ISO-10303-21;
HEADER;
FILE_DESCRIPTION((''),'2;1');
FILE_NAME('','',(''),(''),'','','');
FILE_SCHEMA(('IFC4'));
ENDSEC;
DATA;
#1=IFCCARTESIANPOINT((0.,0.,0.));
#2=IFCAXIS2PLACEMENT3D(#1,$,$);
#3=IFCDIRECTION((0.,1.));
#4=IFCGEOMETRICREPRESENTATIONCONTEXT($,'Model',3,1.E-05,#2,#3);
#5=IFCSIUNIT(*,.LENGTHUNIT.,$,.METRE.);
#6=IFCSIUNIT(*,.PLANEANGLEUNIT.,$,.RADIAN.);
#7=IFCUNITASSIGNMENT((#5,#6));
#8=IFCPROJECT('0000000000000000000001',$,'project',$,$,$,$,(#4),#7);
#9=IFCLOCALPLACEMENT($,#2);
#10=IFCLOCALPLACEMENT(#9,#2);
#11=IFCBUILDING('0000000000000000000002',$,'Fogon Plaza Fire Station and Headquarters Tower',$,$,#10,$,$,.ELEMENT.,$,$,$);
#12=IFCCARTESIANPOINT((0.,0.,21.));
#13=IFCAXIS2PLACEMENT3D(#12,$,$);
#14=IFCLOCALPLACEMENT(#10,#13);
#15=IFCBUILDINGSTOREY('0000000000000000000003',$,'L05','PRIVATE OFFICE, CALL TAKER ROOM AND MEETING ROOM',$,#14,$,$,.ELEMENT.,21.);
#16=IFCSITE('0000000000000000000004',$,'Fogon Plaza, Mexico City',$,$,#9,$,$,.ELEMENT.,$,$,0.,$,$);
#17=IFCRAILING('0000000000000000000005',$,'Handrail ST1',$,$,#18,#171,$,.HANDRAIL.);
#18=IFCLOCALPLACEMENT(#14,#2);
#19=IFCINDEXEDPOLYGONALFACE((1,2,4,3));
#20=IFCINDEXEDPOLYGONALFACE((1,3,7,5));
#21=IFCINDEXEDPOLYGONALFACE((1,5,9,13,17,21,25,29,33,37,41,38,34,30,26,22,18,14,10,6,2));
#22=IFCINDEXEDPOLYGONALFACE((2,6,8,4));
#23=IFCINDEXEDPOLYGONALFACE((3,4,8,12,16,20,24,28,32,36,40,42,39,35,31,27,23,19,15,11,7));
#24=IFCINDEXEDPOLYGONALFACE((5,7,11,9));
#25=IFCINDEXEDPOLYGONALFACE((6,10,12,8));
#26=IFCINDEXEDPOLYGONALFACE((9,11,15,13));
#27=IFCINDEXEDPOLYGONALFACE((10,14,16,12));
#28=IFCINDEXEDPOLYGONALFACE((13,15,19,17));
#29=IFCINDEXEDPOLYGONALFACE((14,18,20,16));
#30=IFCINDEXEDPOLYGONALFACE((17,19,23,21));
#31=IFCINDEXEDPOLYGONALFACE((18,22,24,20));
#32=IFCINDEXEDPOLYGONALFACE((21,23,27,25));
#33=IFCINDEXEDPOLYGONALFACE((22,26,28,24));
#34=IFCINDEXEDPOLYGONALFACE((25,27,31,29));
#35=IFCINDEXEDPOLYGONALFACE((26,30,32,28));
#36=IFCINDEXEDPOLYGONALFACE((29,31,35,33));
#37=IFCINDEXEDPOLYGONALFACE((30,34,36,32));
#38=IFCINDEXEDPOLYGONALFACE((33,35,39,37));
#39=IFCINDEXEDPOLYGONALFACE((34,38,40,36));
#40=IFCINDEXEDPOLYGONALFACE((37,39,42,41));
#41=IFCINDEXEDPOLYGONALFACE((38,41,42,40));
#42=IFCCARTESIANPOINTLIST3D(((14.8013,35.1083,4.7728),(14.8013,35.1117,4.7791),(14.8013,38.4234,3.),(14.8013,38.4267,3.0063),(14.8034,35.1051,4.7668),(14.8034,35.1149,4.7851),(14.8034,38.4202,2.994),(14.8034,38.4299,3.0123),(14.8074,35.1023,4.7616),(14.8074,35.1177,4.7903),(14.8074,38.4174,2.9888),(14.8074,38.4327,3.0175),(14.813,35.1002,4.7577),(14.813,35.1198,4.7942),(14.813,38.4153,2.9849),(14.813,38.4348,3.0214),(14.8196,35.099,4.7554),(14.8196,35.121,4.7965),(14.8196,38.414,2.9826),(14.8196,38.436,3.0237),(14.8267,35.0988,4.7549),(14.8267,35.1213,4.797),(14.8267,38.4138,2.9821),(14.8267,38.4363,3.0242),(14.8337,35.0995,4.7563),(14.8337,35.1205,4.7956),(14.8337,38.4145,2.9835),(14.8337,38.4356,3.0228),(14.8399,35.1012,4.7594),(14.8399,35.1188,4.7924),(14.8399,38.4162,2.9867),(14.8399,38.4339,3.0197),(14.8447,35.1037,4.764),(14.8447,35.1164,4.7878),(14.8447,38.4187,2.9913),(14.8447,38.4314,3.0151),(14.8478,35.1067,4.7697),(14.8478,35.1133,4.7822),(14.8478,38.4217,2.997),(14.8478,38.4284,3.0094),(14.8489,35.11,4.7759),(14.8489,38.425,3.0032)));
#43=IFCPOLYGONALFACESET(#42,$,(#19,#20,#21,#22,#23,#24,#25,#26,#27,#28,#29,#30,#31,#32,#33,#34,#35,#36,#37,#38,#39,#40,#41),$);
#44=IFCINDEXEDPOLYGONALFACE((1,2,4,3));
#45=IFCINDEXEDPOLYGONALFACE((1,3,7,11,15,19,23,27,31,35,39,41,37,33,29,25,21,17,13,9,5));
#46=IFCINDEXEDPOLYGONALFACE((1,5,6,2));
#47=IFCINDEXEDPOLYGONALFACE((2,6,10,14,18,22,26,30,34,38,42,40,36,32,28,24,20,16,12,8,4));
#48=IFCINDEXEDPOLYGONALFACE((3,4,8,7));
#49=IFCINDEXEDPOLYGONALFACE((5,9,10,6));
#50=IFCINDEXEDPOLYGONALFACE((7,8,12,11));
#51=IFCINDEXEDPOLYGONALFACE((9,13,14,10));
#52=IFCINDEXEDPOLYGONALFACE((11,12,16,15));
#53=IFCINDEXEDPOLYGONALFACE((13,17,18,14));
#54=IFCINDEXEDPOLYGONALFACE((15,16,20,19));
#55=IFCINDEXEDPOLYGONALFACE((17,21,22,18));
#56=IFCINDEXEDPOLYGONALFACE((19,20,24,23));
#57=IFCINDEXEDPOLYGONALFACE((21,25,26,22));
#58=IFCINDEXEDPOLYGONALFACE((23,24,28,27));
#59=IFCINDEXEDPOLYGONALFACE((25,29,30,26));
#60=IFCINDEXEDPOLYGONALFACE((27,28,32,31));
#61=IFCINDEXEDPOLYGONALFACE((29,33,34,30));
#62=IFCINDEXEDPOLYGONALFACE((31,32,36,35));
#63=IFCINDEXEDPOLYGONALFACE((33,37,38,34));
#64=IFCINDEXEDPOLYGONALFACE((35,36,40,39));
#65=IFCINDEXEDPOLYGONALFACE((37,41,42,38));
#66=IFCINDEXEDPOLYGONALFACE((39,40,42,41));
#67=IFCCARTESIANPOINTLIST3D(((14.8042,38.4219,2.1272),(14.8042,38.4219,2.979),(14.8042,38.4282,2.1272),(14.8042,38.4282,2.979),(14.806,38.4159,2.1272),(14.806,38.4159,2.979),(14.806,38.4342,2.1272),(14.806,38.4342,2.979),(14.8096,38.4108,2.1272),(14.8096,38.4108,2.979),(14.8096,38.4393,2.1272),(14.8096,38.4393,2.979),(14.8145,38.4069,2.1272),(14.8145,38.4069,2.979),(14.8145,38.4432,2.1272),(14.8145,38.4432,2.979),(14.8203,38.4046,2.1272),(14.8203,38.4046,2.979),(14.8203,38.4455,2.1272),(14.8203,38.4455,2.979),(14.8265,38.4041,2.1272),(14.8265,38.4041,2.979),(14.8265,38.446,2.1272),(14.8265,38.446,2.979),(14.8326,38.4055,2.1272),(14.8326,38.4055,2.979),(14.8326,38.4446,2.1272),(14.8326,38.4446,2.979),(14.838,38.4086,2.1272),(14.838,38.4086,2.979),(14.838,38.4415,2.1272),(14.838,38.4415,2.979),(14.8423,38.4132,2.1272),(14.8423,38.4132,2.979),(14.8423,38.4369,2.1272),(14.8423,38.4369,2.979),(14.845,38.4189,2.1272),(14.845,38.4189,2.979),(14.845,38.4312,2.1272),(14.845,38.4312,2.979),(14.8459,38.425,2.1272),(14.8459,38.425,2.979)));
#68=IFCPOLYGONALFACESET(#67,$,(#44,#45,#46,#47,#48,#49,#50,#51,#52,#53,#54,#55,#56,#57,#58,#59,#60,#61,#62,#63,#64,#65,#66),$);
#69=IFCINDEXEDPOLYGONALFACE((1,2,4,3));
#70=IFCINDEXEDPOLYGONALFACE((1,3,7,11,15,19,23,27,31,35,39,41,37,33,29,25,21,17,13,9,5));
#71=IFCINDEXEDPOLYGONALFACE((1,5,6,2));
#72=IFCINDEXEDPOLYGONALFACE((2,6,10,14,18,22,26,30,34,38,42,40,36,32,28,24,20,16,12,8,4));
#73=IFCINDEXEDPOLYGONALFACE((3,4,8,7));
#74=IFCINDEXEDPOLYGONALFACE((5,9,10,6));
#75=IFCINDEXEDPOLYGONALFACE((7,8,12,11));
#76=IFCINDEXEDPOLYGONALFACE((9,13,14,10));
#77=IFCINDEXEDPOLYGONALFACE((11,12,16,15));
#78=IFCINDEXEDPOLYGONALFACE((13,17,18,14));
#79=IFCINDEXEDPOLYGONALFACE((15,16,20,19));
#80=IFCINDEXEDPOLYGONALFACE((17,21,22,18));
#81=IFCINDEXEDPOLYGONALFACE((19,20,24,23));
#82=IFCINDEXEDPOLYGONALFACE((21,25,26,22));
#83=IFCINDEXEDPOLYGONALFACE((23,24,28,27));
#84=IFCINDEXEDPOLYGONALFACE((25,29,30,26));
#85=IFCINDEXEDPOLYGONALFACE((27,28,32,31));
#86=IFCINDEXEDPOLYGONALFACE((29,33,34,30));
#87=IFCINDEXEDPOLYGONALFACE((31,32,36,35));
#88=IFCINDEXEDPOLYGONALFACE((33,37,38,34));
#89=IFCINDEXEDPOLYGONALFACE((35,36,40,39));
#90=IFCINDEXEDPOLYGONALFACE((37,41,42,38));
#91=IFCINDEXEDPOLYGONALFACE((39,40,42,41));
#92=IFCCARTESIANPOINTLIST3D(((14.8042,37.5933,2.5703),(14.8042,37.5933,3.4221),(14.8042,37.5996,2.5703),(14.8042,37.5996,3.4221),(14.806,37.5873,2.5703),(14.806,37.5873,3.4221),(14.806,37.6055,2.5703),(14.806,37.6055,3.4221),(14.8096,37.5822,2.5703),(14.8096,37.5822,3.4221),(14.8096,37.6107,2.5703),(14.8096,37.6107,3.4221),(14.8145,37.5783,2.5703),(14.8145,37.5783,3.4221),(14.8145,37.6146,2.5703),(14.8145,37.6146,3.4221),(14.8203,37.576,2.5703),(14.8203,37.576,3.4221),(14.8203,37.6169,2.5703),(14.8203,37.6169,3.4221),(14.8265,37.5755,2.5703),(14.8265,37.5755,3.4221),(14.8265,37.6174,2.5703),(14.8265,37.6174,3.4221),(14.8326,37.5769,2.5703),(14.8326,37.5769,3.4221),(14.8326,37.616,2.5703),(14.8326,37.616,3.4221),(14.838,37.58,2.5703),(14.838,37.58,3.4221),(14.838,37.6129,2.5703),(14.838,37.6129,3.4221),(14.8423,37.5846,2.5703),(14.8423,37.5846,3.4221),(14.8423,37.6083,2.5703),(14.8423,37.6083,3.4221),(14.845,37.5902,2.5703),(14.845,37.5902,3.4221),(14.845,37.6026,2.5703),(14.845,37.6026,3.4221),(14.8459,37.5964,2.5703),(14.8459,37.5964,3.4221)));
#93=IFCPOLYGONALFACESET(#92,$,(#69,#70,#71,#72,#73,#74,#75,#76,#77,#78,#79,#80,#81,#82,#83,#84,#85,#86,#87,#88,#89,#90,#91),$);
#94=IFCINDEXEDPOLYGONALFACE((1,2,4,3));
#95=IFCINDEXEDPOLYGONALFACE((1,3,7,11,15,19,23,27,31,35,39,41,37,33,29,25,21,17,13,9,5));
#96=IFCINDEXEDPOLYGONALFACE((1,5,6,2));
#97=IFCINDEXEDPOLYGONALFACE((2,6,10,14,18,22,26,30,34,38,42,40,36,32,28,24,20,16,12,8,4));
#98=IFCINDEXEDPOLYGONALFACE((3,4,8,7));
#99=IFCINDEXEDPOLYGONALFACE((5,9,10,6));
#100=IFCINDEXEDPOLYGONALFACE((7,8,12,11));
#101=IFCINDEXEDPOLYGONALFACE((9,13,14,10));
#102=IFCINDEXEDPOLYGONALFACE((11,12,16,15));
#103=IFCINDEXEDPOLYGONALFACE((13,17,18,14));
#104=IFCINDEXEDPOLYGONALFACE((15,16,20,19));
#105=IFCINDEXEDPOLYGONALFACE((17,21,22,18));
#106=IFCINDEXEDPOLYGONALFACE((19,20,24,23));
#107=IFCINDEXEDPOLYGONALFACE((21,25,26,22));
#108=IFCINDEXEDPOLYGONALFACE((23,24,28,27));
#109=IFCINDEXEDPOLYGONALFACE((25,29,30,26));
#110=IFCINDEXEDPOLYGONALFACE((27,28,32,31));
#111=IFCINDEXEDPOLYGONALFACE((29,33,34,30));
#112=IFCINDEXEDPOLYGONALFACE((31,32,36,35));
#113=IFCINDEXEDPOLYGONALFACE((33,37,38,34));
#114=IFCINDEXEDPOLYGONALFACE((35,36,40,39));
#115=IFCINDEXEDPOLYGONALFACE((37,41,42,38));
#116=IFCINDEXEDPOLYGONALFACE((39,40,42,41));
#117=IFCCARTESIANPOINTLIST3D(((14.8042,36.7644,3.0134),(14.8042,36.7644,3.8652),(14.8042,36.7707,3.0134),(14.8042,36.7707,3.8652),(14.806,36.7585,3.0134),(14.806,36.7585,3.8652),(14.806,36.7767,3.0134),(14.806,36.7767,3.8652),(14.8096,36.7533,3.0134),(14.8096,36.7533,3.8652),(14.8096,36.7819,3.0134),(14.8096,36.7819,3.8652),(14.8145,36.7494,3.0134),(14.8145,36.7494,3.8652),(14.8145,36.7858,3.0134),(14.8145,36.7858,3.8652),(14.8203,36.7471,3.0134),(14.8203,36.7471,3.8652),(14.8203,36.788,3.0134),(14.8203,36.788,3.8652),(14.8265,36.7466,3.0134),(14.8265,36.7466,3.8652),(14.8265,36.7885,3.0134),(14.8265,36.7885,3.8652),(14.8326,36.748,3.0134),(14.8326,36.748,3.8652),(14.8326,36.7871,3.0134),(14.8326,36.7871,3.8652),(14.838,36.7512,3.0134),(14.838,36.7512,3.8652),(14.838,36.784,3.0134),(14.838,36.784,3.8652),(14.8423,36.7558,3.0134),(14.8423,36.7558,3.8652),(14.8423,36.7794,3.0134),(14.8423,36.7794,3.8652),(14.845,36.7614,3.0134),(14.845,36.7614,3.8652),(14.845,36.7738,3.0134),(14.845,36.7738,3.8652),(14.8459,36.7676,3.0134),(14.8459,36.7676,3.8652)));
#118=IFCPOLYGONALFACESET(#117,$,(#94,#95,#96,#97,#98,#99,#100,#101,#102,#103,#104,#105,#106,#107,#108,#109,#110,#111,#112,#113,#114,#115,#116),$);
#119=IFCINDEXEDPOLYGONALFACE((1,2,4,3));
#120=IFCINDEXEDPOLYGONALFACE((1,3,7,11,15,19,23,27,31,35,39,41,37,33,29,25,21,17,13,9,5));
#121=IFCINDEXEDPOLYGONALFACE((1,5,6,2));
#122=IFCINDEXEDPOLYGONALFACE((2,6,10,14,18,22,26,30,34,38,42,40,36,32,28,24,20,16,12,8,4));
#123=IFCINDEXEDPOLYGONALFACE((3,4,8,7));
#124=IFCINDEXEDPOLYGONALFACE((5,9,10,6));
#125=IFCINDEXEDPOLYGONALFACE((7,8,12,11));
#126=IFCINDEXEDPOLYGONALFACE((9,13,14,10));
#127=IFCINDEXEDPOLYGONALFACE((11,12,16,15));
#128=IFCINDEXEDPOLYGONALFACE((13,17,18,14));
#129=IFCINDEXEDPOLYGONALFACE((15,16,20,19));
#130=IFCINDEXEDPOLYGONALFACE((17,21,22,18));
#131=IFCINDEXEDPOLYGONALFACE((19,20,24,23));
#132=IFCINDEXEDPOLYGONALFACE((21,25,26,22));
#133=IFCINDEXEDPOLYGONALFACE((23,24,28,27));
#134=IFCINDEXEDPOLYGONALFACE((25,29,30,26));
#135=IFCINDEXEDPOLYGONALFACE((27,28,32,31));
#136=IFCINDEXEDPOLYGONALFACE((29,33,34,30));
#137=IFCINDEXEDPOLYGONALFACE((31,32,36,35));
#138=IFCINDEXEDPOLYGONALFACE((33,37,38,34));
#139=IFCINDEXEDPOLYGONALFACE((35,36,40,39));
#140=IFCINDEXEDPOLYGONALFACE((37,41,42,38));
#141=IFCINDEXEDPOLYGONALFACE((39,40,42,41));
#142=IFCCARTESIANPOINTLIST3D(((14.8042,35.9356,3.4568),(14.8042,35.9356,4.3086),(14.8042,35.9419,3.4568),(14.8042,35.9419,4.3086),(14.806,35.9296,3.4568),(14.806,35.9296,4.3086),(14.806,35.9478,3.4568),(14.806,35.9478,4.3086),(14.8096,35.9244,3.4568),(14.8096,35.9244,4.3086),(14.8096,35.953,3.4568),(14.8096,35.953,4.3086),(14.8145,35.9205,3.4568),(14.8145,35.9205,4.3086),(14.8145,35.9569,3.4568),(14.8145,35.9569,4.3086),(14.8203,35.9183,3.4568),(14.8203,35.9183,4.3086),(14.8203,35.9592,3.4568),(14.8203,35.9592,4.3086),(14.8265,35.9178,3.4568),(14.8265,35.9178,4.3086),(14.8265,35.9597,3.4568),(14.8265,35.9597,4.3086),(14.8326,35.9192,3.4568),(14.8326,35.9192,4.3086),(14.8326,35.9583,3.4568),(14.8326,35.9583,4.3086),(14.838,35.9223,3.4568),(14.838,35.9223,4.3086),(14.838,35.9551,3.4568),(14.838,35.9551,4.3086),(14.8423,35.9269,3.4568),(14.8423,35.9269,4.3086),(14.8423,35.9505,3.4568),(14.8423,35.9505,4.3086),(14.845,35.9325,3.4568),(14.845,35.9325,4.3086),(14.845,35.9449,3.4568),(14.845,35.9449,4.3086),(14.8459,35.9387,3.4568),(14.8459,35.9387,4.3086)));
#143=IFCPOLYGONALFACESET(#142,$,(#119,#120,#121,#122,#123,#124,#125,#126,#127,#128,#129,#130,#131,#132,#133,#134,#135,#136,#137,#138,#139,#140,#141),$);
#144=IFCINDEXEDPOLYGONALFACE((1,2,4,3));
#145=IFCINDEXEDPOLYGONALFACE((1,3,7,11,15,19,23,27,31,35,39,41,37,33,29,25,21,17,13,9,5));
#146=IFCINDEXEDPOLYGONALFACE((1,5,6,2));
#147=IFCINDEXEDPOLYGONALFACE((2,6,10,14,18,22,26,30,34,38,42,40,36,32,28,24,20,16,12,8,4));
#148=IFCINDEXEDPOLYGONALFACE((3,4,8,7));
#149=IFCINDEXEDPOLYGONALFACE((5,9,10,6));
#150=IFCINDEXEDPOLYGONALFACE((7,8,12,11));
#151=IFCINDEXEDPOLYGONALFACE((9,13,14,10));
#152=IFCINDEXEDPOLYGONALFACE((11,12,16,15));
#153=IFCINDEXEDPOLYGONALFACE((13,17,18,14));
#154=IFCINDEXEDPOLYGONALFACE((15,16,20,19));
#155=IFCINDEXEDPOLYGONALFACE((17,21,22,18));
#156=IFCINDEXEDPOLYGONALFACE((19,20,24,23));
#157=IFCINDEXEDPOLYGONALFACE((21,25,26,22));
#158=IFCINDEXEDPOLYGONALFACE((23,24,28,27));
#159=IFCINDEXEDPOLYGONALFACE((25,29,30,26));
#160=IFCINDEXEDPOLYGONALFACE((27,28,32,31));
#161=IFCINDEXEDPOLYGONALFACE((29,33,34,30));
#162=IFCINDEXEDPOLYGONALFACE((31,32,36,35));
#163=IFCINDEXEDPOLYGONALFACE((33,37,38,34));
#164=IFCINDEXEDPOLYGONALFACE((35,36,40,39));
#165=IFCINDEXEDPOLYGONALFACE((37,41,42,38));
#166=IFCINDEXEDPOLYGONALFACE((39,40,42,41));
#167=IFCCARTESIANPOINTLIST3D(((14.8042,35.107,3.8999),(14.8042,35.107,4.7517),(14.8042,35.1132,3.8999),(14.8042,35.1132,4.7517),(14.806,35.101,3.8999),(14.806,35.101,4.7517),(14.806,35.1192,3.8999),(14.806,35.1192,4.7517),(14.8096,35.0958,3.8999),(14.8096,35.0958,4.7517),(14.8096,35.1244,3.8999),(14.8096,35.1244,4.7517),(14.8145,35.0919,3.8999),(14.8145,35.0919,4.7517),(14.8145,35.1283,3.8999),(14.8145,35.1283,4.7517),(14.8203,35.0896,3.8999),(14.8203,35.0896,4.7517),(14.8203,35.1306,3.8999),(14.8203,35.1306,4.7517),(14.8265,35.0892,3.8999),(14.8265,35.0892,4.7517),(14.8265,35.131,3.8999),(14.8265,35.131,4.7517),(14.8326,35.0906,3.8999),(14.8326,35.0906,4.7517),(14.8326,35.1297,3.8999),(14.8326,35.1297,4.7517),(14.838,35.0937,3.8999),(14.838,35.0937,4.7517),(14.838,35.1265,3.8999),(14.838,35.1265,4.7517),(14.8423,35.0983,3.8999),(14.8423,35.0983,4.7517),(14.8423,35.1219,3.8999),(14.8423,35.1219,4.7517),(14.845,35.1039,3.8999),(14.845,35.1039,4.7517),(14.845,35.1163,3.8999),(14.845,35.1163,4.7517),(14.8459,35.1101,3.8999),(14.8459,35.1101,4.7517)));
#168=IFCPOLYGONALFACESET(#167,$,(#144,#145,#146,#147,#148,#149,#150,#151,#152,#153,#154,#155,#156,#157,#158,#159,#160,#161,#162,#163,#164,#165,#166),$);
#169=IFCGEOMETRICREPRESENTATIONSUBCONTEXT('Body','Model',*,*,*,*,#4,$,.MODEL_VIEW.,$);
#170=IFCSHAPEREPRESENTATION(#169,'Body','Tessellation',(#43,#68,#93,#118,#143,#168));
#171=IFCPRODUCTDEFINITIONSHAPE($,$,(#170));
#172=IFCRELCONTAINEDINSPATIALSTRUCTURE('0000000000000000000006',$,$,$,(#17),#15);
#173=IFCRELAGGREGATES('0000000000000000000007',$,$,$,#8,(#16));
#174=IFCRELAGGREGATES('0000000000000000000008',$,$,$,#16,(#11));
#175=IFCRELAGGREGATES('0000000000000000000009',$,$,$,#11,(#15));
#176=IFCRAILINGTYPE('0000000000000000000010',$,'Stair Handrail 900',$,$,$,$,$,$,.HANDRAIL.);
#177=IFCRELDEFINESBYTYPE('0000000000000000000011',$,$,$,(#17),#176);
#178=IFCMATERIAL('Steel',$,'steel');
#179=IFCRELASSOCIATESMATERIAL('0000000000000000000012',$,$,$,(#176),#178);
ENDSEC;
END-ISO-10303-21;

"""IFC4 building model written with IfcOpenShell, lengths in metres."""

from ifc_helpers import new_model, si_unit, direction, frame, origin, origin_2d, place, context, subcontext, project, spatial, circle, extrude, material, type_object, element, save


model = new_model("IFC4")

# Units and contexts
model_context = context("Model", 3, precision=1e-05, world=origin(), true_north=direction((0.0, 1.0)))
body_context = subcontext(model_context, "Body", "Model", "MODEL_VIEW")
ifc_project = project(units=[si_unit("LENGTHUNIT", "METRE"), si_unit("PLANEANGLEUNIT", "RADIAN")], contexts=[model_context])

# Site, building, storey
site_placement = place(None, origin())
site = spatial("IfcSite", under=ifc_project, at=site_placement, Name="Fogon Plaza, Mexico City", CompositionType="ELEMENT", RefElevation=0.0)
building_placement = place(site_placement, origin())
building = spatial("IfcBuilding", under=site, at=building_placement, Name="Fogon Plaza Fire Station and Headquarters Tower", CompositionType="ELEMENT")
storey_placement = place(building_placement, frame((0.0, 0.0, 21.0)))
storey = spatial("IfcBuildingStorey", under=building, at=storey_placement, Name="L05", Description="PRIVATE OFFICE, CALL TAKER ROOM AND MEETING ROOM", CompositionType="ELEMENT", Elevation=21.0)

# Railing
ifc_material_1 = material(Name="Steel", Category="steel")
railing_type = type_object("IfcRailingType", Name="Stair Handrail 900", PredefinedType="HANDRAIL", material=ifc_material_1)
for number, where, name in (
    (1, (14.825, 38.425, 2.1272), "Handrail ST1"),
):
    element("IfcRailing", number, at=place(storey_placement, frame(where)), inside=storey, type_object=railing_type, Name=name, PredefinedType="HANDRAIL", context=body_context, shape_type="SweptSolid", body=[
        extrude(circle(Radius=0.0239, at=origin_2d()), frame((0.0, 0.0, 0.876), z_axis=(0.0, -0.881829, 0.471569), x_axis=(1.0, 0.0, 0.0)), (0.0, 0.0, 1.0), 3.7593),
        extrude(circle(Radius=0.021, at=origin_2d()), origin(), (0.0, 0.0, 1.0), 0.8518),
        extrude(circle(Radius=0.021, at=origin_2d()), frame((0.0, -0.8286, 0.4431)), (0.0, 0.0, 1.0), 0.8518),
        extrude(circle(Radius=0.021, at=origin_2d()), frame((0.0, -1.6575, 0.8862)), (0.0, 0.0, 1.0), 0.8518),
        extrude(circle(Radius=0.021, at=origin_2d()), frame((0.0, -2.4863, 1.3296)), (0.0, 0.0, 1.0), 0.8518),
        extrude(circle(Radius=0.021, at=origin_2d()), frame((0.0, -3.3149, 1.7727)), (0.0, 0.0, 1.0), 0.8518),
    ])

save(model, "model.ifc")
